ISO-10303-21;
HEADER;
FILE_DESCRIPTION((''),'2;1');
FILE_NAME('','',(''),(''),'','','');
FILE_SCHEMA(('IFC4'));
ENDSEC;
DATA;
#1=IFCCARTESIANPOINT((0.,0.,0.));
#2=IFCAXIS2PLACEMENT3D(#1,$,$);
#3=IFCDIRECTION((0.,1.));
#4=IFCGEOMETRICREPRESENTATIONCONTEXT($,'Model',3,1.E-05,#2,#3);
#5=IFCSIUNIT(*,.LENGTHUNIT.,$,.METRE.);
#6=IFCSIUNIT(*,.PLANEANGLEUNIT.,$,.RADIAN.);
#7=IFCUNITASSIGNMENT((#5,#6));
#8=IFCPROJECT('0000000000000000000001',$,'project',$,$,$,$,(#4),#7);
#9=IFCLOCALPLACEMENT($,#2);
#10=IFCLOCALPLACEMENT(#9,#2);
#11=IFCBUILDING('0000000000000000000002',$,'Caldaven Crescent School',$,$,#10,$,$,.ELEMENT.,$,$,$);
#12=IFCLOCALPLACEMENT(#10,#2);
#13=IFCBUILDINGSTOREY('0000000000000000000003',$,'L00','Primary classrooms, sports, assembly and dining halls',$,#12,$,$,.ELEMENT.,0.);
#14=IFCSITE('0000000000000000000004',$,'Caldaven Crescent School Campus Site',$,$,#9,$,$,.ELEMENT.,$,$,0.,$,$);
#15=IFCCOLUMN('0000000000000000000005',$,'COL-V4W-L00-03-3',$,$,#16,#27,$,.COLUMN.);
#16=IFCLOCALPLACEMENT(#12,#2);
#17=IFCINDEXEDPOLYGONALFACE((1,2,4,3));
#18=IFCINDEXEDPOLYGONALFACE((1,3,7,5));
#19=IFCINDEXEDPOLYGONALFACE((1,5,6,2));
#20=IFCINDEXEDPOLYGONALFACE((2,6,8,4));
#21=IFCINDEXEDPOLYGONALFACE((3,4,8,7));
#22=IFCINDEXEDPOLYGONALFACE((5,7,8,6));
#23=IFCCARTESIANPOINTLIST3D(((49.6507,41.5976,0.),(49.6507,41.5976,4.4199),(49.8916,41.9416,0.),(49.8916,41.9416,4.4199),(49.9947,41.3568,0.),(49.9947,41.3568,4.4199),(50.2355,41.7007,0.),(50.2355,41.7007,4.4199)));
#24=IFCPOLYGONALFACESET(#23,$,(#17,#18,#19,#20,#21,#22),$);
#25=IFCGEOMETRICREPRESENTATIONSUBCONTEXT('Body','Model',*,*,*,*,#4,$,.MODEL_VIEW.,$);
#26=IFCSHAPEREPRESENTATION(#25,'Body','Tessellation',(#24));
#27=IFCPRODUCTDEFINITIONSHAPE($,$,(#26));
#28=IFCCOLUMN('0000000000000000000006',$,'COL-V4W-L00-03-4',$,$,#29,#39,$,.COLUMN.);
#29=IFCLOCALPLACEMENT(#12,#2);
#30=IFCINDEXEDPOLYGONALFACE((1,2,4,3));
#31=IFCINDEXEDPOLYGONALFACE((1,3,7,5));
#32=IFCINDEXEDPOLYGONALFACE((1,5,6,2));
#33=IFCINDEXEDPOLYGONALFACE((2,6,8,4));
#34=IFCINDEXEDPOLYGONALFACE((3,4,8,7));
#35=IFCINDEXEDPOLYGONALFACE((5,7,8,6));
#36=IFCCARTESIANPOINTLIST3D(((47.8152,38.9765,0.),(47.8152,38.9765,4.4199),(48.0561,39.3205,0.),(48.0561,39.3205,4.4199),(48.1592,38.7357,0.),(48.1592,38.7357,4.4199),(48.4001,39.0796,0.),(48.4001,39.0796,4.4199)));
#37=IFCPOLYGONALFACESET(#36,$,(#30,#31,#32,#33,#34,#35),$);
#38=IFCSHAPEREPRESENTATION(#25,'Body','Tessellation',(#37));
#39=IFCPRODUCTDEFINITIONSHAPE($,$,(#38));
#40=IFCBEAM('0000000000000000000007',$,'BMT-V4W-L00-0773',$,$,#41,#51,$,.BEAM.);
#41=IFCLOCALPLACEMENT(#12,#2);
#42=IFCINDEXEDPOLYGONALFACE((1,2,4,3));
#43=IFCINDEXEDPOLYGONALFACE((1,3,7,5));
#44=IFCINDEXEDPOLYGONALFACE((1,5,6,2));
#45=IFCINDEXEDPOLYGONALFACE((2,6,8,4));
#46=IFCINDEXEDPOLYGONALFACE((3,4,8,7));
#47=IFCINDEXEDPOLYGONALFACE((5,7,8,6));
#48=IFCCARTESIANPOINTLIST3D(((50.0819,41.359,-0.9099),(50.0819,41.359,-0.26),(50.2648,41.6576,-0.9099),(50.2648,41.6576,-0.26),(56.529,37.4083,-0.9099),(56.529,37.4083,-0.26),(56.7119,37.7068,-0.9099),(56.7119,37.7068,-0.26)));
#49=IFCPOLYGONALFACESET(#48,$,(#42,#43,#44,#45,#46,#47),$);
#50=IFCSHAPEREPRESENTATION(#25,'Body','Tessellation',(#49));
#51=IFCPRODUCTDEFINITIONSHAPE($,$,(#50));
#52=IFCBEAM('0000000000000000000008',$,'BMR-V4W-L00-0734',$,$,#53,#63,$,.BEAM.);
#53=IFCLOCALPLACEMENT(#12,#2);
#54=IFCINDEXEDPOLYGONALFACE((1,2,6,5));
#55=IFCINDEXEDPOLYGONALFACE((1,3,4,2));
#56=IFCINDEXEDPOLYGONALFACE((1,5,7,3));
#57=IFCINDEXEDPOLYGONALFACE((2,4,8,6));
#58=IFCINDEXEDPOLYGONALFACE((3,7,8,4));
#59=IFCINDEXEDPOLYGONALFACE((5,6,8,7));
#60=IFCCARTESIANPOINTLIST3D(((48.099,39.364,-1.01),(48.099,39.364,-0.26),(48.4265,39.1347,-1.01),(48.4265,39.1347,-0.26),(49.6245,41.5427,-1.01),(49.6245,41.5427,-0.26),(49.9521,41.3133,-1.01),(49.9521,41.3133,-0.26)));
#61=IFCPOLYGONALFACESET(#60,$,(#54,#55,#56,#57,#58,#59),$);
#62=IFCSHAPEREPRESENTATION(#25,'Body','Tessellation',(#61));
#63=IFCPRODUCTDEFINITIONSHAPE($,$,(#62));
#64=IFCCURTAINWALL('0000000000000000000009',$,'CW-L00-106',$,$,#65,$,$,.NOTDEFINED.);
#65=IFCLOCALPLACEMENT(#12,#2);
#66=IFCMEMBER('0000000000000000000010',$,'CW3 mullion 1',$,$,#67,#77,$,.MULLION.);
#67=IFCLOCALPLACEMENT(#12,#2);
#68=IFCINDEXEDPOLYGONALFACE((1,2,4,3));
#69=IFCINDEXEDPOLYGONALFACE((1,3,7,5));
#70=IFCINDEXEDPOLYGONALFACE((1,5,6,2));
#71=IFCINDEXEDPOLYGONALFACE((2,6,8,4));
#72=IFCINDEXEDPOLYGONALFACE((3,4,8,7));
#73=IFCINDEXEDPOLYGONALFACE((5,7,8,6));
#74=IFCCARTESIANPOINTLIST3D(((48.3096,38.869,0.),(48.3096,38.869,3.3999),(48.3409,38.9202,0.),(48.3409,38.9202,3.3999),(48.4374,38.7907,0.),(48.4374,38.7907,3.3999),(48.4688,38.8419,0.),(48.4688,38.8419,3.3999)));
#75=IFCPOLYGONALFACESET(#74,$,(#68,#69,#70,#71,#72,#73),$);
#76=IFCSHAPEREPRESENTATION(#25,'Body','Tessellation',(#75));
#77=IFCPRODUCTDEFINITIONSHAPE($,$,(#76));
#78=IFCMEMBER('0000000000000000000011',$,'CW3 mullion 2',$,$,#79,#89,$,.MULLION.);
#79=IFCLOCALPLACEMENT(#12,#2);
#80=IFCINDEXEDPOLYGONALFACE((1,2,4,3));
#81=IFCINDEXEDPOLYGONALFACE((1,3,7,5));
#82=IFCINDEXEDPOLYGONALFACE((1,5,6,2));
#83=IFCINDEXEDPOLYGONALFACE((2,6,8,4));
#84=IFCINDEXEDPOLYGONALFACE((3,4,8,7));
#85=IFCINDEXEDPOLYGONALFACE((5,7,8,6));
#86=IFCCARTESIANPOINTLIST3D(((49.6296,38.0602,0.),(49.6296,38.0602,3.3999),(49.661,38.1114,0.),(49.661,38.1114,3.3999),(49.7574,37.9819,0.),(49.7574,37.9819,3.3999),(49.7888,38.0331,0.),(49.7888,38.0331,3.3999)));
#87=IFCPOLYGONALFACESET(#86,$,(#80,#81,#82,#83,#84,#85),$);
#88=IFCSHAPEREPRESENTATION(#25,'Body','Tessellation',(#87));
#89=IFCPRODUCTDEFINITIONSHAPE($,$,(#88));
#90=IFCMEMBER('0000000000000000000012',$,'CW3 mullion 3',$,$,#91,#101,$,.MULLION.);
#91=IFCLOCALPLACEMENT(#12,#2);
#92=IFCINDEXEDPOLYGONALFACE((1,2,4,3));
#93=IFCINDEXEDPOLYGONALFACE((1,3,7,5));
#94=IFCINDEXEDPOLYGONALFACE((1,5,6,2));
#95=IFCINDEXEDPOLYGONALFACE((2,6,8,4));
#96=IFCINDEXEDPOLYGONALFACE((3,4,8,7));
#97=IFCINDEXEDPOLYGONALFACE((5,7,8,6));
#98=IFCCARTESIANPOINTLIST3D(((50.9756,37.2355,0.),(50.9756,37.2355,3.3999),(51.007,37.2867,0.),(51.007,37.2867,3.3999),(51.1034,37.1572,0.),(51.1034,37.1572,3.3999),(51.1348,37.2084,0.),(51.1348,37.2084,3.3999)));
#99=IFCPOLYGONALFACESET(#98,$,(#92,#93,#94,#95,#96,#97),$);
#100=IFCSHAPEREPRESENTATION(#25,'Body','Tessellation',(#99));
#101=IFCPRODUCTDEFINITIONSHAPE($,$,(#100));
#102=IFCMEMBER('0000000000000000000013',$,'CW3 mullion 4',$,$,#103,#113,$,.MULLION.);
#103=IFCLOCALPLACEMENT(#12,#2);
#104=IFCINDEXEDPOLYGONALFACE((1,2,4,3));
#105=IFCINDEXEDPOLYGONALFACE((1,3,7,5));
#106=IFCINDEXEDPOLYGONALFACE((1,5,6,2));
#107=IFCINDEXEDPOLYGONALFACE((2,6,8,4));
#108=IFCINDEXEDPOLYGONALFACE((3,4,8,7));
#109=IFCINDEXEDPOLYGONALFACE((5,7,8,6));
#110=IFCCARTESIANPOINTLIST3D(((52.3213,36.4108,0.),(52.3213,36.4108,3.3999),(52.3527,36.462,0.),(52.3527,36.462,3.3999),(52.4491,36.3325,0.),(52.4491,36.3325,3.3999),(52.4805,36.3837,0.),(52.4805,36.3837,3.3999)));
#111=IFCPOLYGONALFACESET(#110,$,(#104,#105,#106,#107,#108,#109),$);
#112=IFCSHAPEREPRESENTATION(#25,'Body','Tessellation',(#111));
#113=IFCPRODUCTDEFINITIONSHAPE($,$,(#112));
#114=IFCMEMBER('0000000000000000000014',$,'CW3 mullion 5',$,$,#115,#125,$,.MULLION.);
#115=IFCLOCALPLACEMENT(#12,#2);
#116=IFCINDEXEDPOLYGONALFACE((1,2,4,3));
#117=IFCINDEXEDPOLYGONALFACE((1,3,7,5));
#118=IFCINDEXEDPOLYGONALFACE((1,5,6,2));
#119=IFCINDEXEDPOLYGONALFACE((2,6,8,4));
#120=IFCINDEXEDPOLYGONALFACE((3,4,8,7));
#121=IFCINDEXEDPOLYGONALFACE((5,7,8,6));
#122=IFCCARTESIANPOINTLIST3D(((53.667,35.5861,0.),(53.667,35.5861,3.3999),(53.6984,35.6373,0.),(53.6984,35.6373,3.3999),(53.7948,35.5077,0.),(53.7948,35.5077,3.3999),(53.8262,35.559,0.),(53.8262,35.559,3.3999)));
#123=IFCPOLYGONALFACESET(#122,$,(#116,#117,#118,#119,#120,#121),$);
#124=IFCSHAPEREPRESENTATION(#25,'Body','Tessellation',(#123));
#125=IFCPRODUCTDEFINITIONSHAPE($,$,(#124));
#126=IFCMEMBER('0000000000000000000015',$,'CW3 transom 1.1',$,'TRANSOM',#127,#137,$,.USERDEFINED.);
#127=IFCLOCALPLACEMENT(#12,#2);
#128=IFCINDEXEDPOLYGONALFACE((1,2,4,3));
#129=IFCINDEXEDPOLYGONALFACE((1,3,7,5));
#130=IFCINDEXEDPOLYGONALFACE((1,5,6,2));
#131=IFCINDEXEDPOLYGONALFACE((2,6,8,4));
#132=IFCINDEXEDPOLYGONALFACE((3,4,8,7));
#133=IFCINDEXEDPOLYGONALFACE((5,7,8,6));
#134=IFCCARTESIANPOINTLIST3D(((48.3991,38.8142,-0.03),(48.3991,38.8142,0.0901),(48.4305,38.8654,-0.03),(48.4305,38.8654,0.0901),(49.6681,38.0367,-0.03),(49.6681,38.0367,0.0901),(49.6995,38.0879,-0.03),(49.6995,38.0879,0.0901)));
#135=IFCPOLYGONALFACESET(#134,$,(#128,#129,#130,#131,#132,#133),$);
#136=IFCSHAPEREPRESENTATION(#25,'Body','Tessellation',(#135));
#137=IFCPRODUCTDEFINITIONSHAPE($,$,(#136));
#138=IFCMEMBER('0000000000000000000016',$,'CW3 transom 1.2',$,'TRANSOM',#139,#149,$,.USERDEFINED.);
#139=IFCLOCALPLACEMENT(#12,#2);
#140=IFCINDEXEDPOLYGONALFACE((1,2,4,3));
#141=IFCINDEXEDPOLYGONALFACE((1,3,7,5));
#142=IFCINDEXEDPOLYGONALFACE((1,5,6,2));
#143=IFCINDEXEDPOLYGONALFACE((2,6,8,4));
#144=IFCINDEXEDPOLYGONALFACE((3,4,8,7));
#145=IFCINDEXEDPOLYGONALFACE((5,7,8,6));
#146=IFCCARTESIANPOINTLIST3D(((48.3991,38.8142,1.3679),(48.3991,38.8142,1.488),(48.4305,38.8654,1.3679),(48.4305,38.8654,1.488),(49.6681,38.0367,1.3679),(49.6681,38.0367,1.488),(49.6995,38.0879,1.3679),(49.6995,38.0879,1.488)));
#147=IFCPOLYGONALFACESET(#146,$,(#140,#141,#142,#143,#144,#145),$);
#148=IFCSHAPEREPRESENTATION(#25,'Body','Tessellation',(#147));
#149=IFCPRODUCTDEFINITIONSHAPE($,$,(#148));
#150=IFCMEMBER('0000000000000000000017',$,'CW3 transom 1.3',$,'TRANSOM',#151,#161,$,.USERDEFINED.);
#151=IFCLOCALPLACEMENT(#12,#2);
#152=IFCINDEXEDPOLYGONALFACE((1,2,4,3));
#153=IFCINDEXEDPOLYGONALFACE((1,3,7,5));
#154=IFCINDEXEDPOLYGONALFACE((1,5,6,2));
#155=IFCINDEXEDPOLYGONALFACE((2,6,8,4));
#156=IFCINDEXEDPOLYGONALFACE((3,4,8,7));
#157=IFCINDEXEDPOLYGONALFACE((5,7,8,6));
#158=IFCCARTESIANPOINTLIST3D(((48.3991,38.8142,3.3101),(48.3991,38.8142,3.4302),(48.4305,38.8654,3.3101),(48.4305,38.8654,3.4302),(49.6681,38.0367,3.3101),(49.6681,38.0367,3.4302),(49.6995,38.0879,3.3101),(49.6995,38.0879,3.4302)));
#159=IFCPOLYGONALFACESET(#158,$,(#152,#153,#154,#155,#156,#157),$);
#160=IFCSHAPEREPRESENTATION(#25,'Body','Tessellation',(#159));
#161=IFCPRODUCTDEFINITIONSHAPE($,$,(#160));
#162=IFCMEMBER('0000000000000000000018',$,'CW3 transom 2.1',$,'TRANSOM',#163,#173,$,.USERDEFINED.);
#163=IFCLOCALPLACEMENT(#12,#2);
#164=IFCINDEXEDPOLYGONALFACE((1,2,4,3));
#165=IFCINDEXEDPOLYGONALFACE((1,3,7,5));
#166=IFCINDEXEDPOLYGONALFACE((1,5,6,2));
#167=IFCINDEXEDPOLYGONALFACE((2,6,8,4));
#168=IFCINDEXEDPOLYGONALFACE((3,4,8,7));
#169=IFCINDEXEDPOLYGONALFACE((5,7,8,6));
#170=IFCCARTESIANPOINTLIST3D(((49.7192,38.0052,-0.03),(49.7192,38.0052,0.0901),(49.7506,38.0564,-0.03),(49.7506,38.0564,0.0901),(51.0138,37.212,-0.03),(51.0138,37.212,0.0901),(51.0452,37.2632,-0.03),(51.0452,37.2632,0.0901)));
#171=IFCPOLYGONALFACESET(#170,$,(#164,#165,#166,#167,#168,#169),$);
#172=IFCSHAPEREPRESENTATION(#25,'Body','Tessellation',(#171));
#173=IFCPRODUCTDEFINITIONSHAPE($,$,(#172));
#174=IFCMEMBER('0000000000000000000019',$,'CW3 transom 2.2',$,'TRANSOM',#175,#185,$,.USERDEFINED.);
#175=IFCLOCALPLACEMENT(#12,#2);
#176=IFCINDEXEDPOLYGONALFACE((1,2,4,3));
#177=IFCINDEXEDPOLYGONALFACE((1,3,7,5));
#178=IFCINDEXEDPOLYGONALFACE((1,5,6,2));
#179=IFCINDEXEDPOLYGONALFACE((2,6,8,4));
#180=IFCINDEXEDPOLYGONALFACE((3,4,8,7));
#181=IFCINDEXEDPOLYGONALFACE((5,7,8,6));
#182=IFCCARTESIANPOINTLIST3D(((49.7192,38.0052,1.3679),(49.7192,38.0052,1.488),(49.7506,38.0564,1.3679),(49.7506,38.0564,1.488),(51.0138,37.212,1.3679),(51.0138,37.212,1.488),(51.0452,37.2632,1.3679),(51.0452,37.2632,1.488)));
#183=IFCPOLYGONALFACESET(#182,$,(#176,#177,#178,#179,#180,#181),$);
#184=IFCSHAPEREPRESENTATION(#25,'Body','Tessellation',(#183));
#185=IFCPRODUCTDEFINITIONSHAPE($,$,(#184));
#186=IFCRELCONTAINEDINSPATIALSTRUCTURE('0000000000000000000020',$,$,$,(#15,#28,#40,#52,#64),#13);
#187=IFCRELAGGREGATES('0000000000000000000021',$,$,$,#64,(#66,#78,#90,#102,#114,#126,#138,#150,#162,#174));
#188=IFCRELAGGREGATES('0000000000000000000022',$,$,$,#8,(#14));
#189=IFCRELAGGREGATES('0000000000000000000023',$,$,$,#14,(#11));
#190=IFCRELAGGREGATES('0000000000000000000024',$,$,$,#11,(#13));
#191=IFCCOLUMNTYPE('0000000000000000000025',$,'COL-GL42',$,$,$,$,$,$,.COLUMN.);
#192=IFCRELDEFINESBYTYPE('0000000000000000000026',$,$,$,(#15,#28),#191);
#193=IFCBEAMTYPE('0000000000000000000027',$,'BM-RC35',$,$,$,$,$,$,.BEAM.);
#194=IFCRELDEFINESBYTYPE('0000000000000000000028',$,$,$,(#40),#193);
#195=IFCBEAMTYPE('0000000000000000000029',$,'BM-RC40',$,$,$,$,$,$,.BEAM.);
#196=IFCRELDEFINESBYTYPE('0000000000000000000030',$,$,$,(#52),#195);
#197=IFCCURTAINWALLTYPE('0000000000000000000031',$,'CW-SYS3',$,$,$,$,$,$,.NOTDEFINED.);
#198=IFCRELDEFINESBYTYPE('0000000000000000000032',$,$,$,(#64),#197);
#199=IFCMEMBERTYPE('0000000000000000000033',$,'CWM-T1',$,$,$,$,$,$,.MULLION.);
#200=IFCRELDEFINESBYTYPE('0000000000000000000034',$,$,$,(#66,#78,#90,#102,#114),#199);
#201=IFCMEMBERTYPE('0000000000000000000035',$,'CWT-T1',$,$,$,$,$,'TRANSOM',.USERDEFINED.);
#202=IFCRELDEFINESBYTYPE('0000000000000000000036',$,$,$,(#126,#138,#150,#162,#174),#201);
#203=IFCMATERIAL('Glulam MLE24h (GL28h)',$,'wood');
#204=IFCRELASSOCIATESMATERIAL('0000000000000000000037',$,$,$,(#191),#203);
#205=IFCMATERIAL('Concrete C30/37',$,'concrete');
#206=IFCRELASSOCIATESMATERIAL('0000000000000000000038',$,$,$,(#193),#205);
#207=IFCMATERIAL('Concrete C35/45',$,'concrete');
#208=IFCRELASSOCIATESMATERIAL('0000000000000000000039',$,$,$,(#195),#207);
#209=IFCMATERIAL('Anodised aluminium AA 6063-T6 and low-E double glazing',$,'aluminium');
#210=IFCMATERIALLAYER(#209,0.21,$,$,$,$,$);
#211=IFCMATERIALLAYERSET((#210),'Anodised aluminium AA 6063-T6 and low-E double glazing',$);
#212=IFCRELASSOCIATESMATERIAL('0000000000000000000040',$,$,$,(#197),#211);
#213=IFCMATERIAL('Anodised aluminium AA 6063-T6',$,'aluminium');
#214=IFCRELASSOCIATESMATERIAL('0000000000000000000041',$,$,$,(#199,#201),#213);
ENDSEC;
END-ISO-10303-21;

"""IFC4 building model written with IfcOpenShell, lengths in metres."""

from ifc_helpers import new_model, si_unit, direction, frame, origin, origin_2d, place, context, subcontext, project, spatial, rectangle, extrude, material, layer, layer_set, material_profile, profile_set, type_object, element, aggregate, save


model = new_model("IFC4")

# Units and contexts
model_context = context("Model", 3, precision=1e-05, world=origin(), true_north=direction((0.0, 1.0)))
body_context = subcontext(model_context, "Body", "Model", "MODEL_VIEW")
ifc_project = project(units=[si_unit("LENGTHUNIT", "METRE"), si_unit("PLANEANGLEUNIT", "RADIAN")], contexts=[model_context])

# Site, building, storey
site_placement = place(None, origin())
site = spatial("IfcSite", under=ifc_project, at=site_placement, Name="Caldaven Crescent School Campus Site", CompositionType="ELEMENT", RefElevation=0.0)
building_placement = place(site_placement, origin())
building = spatial("IfcBuilding", under=site, at=building_placement, Name="Caldaven Crescent School", CompositionType="ELEMENT")
storey_placement = place(building_placement, origin())
storey = spatial("IfcBuildingStorey", under=building, at=storey_placement, Name="L00", Description="Primary classrooms, sports, assembly and dining halls", CompositionType="ELEMENT", Elevation=0.0)

# Columns
ifc_material_1 = material(Name="Glulam MLE24h (GL28h)", Category="wood")
ifc_material_profile_1 = material_profile(ifc_material_1, rectangle(XDim=0.4199, YDim=0.4199, at=origin_2d()), Name="MLE 420x420")
ifc_profile_set_1 = profile_set([ifc_material_profile_1], Name="Glulam MLE24h (GL28h)")
column_type = type_object("IfcColumnType", Name="COL-GL42", PredefinedType="COLUMN", material=ifc_profile_set_1)
for number, where, z_axis, x_axis, name in (
    (1, (49.9431, 41.6492, 0.0), (0.0, 0.0, 1.0), (-0.573576, -0.819152, 0.0), "COL-V4W-L00-03-3"),
    (2, (48.1077, 39.0281, 0.0), (0.0, 0.0, 1.0), (-0.573576, -0.819152, 0.0), "COL-V4W-L00-03-4"),
):
    element("IfcColumn", number, at=place(storey_placement, frame(where, z_axis=z_axis, x_axis=x_axis)), inside=storey, type_object=column_type, Name=name, PredefinedType="COLUMN", context=body_context, shape_type="SweptSolid", body=[
        extrude(rectangle(XDim=0.4199, YDim=0.4199, at=origin_2d()), origin(), (0.0, 0.0, 1.0), 4.4199),
    ])

# Beams
ifc_material_2 = material(Name="Concrete C30/37", Category="concrete")
ifc_material_profile_2 = material_profile(ifc_material_2, rectangle(XDim=0.3501, YDim=0.6499, at=origin_2d()), Name="RC 350x650")
ifc_profile_set_2 = profile_set([ifc_material_profile_2], Name="Concrete C30/37")
beam_type_1 = type_object("IfcBeamType", Name="BM-RC35", PredefinedType="BEAM", material=ifc_profile_set_2)
beam_1_placement = place(storey_placement, frame((50.1733, 41.5083, -0.585), z_axis=(0.852643, -0.522493, 0.0), x_axis=(0.522493, 0.852643, 0.0)))
element("IfcBeam", 3, at=beam_1_placement, inside=storey, type_object=beam_type_1, Name="BMT-V4W-L00-0773", PredefinedType="BEAM", context=body_context, shape_type="SweptSolid", body=[
    extrude(rectangle(XDim=0.3501, YDim=0.6499, at=origin_2d()), origin(), (0.0, 0.0, 1.0), 7.5613),
])
ifc_material_3 = material(Name="Concrete C35/45", Category="concrete")
ifc_material_profile_3 = material_profile(ifc_material_3, rectangle(XDim=0.3999, YDim=0.75, at=origin_2d()), Name="RC 400x750")
ifc_profile_set_3 = profile_set([ifc_material_profile_3], Name="Concrete C35/45")
beam_type_2 = type_object("IfcBeamType", Name="BM-RC40", PredefinedType="BEAM", material=ifc_profile_set_3)
beam_2_placement = place(storey_placement, frame((49.7883, 41.428, -0.635), z_axis=(-0.573598, -0.819137, 0.0), x_axis=(0.819137, -0.573598, 0.0)))
element("IfcBeam", 4, at=beam_2_placement, inside=storey, type_object=beam_type_2, Name="BMR-V4W-L00-0734", PredefinedType="BEAM", context=body_context, shape_type="SweptSolid", body=[
    extrude(rectangle(XDim=0.3999, YDim=0.75, at=origin_2d()), origin(), (0.0, 0.0, 1.0), 2.6597),
])

# Curtain wall, members
ifc_material_4 = material(Name="Anodised aluminium AA 6063-T6 and low-E double glazing", Category="aluminium")
ifc_layer_1 = layer(ifc_material_4, 0.21)
ifc_layer_set_1 = layer_set([ifc_layer_1], Name="Anodised aluminium AA 6063-T6 and low-E double glazing")
curtain_wall_type = type_object("IfcCurtainWallType", Name="CW-SYS3", PredefinedType="NOTDEFINED", material=ifc_layer_set_1)
curtain_wall_placement = place(storey_placement, origin())
curtain_wall = element("IfcCurtainWall", 5, at=curtain_wall_placement, inside=storey, type_object=curtain_wall_type, Name="CW-L00-106", PredefinedType="NOTDEFINED")
ifc_material_5 = material(Name="Anodised aluminium AA 6063-T6", Category="aluminium")
ifc_material_profile_4 = material_profile(ifc_material_5, rectangle(XDim=0.0601, YDim=0.1499, at=origin_2d()), Name="CWM 60x150")
ifc_profile_set_4 = profile_set([ifc_material_profile_4], Name="Anodised aluminium AA 6063-T6")
member_type_1 = type_object("IfcMemberType", Name="CWM-T1", PredefinedType="MULLION", material=ifc_profile_set_4)
member_1_placement = place(storey_placement, frame((48.3892, 38.8555, 0.0), z_axis=(0.0, 0.0, 1.0), x_axis=(0.522499, 0.85264, 0.0)))
member_1 = element("IfcMember", 6, at=member_1_placement, type_object=member_type_1, Name="CW3 mullion 1", PredefinedType="MULLION", context=body_context, shape_type="SweptSolid", body=[
    extrude(rectangle(XDim=0.0601, YDim=0.1499, at=origin_2d()), origin(), (0.0, 0.0, 1.0), 3.3999),
])
member_2_placement = place(storey_placement, frame((49.7092, 38.0466, 0.0), z_axis=(0.0, 0.0, 1.0), x_axis=(0.522499, 0.85264, 0.0)))
member_2 = element("IfcMember", 7, at=member_2_placement, type_object=member_type_1, Name="CW3 mullion 2", PredefinedType="MULLION", context=body_context, shape_type="SweptSolid", body=[
    extrude(rectangle(XDim=0.0601, YDim=0.1499, at=origin_2d()), origin(), (0.0, 0.0, 1.0), 3.3999),
])
member_3_placement = place(storey_placement, frame((51.0552, 37.2219, 0.0), z_axis=(0.0, 0.0, 1.0), x_axis=(0.522499, 0.85264, 0.0)))
member_3 = element("IfcMember", 8, at=member_3_placement, type_object=member_type_1, Name="CW3 mullion 3", PredefinedType="MULLION", context=body_context, shape_type="SweptSolid", body=[
    extrude(rectangle(XDim=0.0601, YDim=0.1499, at=origin_2d()), origin(), (0.0, 0.0, 1.0), 3.3999),
])
member_4_placement = place(storey_placement, frame((52.4009, 36.3972, 0.0), z_axis=(0.0, 0.0, 1.0), x_axis=(0.522499, 0.85264, 0.0)))
member_4 = element("IfcMember", 9, at=member_4_placement, type_object=member_type_1, Name="CW3 mullion 4", PredefinedType="MULLION", context=body_context, shape_type="SweptSolid", body=[
    extrude(rectangle(XDim=0.0601, YDim=0.1499, at=origin_2d()), origin(), (0.0, 0.0, 1.0), 3.3999),
])
member_5_placement = place(storey_placement, frame((53.7466, 35.5725, 0.0), z_axis=(0.0, 0.0, 1.0), x_axis=(0.522499, 0.85264, 0.0)))
member_5 = element("IfcMember", 10, at=member_5_placement, type_object=member_type_1, Name="CW3 mullion 5", PredefinedType="MULLION", context=body_context, shape_type="SweptSolid", body=[
    extrude(rectangle(XDim=0.0601, YDim=0.1499, at=origin_2d()), origin(), (0.0, 0.0, 1.0), 3.3999),
])
ifc_material_profile_5 = material_profile(ifc_material_5, rectangle(XDim=0.0601, YDim=0.1201, at=origin_2d()), Name="CWT 60x120")
ifc_profile_set_5 = profile_set([ifc_material_profile_5], Name="Anodised aluminium AA 6063-T6")
member_type_2 = type_object("IfcMemberType", Name="CWT-T1", ElementType="TRANSOM", PredefinedType="USERDEFINED", material=ifc_profile_set_5)
member_6_placement = place(storey_placement, frame((48.4148, 38.8398, 0.03), z_axis=(0.852665, -0.522458, 0.0), x_axis=(0.522458, 0.852665, 0.0)))
member_6 = element("IfcMember", 11, at=member_6_placement, type_object=member_type_2, Name="CW3 transom 1.1", ObjectType="TRANSOM", PredefinedType="USERDEFINED", context=body_context, shape_type="SweptSolid", body=[
    extrude(rectangle(XDim=0.0601, YDim=0.1201, at=origin_2d()), origin(), (0.0, 0.0, 1.0), 1.4883),
])
member_7_placement = place(storey_placement, frame((48.4148, 38.8398, 1.428), z_axis=(0.852665, -0.522458, 0.0), x_axis=(0.522458, 0.852665, 0.0)))
member_7 = element("IfcMember", 12, at=member_7_placement, type_object=member_type_2, Name="CW3 transom 1.2", ObjectType="TRANSOM", PredefinedType="USERDEFINED", context=body_context, shape_type="SweptSolid", body=[
    extrude(rectangle(XDim=0.0601, YDim=0.1201, at=origin_2d()), origin(), (0.0, 0.0, 1.0), 1.4883),
])
member_8_placement = place(storey_placement, frame((48.4148, 38.8398, 3.3701), z_axis=(0.852665, -0.522458, 0.0), x_axis=(0.522458, 0.852665, 0.0)))
member_8 = element("IfcMember", 13, at=member_8_placement, type_object=member_type_2, Name="CW3 transom 1.3", ObjectType="TRANSOM", PredefinedType="USERDEFINED", context=body_context, shape_type="SweptSolid", body=[
    extrude(rectangle(XDim=0.0601, YDim=0.1201, at=origin_2d()), origin(), (0.0, 0.0, 1.0), 1.4883),
])
member_9_placement = place(storey_placement, frame((49.7349, 38.0308, 0.03), z_axis=(0.852689, -0.522419, 0.0), x_axis=(0.522419, 0.852689, 0.0)))
member_9 = element("IfcMember", 14, at=member_9_placement, type_object=member_type_2, Name="CW3 transom 2.1", ObjectType="TRANSOM", PredefinedType="USERDEFINED", context=body_context, shape_type="SweptSolid", body=[
    extrude(rectangle(XDim=0.0601, YDim=0.1201, at=origin_2d()), origin(), (0.0, 0.0, 1.0), 1.5183),
])
member_10_placement = place(storey_placement, frame((49.7349, 38.0308, 1.428), z_axis=(0.852689, -0.522419, 0.0), x_axis=(0.522419, 0.852689, 0.0)))
member_10 = element("IfcMember", 15, at=member_10_placement, type_object=member_type_2, Name="CW3 transom 2.2", ObjectType="TRANSOM", PredefinedType="USERDEFINED", context=body_context, shape_type="SweptSolid", body=[
    extrude(rectangle(XDim=0.0601, YDim=0.1201, at=origin_2d()), origin(), (0.0, 0.0, 1.0), 1.5183),
])

aggregate(curtain_wall, [member_1, member_2, member_3, member_4, member_5, member_6, member_7, member_8, member_9, member_10])

save(model, "model.ifc")
